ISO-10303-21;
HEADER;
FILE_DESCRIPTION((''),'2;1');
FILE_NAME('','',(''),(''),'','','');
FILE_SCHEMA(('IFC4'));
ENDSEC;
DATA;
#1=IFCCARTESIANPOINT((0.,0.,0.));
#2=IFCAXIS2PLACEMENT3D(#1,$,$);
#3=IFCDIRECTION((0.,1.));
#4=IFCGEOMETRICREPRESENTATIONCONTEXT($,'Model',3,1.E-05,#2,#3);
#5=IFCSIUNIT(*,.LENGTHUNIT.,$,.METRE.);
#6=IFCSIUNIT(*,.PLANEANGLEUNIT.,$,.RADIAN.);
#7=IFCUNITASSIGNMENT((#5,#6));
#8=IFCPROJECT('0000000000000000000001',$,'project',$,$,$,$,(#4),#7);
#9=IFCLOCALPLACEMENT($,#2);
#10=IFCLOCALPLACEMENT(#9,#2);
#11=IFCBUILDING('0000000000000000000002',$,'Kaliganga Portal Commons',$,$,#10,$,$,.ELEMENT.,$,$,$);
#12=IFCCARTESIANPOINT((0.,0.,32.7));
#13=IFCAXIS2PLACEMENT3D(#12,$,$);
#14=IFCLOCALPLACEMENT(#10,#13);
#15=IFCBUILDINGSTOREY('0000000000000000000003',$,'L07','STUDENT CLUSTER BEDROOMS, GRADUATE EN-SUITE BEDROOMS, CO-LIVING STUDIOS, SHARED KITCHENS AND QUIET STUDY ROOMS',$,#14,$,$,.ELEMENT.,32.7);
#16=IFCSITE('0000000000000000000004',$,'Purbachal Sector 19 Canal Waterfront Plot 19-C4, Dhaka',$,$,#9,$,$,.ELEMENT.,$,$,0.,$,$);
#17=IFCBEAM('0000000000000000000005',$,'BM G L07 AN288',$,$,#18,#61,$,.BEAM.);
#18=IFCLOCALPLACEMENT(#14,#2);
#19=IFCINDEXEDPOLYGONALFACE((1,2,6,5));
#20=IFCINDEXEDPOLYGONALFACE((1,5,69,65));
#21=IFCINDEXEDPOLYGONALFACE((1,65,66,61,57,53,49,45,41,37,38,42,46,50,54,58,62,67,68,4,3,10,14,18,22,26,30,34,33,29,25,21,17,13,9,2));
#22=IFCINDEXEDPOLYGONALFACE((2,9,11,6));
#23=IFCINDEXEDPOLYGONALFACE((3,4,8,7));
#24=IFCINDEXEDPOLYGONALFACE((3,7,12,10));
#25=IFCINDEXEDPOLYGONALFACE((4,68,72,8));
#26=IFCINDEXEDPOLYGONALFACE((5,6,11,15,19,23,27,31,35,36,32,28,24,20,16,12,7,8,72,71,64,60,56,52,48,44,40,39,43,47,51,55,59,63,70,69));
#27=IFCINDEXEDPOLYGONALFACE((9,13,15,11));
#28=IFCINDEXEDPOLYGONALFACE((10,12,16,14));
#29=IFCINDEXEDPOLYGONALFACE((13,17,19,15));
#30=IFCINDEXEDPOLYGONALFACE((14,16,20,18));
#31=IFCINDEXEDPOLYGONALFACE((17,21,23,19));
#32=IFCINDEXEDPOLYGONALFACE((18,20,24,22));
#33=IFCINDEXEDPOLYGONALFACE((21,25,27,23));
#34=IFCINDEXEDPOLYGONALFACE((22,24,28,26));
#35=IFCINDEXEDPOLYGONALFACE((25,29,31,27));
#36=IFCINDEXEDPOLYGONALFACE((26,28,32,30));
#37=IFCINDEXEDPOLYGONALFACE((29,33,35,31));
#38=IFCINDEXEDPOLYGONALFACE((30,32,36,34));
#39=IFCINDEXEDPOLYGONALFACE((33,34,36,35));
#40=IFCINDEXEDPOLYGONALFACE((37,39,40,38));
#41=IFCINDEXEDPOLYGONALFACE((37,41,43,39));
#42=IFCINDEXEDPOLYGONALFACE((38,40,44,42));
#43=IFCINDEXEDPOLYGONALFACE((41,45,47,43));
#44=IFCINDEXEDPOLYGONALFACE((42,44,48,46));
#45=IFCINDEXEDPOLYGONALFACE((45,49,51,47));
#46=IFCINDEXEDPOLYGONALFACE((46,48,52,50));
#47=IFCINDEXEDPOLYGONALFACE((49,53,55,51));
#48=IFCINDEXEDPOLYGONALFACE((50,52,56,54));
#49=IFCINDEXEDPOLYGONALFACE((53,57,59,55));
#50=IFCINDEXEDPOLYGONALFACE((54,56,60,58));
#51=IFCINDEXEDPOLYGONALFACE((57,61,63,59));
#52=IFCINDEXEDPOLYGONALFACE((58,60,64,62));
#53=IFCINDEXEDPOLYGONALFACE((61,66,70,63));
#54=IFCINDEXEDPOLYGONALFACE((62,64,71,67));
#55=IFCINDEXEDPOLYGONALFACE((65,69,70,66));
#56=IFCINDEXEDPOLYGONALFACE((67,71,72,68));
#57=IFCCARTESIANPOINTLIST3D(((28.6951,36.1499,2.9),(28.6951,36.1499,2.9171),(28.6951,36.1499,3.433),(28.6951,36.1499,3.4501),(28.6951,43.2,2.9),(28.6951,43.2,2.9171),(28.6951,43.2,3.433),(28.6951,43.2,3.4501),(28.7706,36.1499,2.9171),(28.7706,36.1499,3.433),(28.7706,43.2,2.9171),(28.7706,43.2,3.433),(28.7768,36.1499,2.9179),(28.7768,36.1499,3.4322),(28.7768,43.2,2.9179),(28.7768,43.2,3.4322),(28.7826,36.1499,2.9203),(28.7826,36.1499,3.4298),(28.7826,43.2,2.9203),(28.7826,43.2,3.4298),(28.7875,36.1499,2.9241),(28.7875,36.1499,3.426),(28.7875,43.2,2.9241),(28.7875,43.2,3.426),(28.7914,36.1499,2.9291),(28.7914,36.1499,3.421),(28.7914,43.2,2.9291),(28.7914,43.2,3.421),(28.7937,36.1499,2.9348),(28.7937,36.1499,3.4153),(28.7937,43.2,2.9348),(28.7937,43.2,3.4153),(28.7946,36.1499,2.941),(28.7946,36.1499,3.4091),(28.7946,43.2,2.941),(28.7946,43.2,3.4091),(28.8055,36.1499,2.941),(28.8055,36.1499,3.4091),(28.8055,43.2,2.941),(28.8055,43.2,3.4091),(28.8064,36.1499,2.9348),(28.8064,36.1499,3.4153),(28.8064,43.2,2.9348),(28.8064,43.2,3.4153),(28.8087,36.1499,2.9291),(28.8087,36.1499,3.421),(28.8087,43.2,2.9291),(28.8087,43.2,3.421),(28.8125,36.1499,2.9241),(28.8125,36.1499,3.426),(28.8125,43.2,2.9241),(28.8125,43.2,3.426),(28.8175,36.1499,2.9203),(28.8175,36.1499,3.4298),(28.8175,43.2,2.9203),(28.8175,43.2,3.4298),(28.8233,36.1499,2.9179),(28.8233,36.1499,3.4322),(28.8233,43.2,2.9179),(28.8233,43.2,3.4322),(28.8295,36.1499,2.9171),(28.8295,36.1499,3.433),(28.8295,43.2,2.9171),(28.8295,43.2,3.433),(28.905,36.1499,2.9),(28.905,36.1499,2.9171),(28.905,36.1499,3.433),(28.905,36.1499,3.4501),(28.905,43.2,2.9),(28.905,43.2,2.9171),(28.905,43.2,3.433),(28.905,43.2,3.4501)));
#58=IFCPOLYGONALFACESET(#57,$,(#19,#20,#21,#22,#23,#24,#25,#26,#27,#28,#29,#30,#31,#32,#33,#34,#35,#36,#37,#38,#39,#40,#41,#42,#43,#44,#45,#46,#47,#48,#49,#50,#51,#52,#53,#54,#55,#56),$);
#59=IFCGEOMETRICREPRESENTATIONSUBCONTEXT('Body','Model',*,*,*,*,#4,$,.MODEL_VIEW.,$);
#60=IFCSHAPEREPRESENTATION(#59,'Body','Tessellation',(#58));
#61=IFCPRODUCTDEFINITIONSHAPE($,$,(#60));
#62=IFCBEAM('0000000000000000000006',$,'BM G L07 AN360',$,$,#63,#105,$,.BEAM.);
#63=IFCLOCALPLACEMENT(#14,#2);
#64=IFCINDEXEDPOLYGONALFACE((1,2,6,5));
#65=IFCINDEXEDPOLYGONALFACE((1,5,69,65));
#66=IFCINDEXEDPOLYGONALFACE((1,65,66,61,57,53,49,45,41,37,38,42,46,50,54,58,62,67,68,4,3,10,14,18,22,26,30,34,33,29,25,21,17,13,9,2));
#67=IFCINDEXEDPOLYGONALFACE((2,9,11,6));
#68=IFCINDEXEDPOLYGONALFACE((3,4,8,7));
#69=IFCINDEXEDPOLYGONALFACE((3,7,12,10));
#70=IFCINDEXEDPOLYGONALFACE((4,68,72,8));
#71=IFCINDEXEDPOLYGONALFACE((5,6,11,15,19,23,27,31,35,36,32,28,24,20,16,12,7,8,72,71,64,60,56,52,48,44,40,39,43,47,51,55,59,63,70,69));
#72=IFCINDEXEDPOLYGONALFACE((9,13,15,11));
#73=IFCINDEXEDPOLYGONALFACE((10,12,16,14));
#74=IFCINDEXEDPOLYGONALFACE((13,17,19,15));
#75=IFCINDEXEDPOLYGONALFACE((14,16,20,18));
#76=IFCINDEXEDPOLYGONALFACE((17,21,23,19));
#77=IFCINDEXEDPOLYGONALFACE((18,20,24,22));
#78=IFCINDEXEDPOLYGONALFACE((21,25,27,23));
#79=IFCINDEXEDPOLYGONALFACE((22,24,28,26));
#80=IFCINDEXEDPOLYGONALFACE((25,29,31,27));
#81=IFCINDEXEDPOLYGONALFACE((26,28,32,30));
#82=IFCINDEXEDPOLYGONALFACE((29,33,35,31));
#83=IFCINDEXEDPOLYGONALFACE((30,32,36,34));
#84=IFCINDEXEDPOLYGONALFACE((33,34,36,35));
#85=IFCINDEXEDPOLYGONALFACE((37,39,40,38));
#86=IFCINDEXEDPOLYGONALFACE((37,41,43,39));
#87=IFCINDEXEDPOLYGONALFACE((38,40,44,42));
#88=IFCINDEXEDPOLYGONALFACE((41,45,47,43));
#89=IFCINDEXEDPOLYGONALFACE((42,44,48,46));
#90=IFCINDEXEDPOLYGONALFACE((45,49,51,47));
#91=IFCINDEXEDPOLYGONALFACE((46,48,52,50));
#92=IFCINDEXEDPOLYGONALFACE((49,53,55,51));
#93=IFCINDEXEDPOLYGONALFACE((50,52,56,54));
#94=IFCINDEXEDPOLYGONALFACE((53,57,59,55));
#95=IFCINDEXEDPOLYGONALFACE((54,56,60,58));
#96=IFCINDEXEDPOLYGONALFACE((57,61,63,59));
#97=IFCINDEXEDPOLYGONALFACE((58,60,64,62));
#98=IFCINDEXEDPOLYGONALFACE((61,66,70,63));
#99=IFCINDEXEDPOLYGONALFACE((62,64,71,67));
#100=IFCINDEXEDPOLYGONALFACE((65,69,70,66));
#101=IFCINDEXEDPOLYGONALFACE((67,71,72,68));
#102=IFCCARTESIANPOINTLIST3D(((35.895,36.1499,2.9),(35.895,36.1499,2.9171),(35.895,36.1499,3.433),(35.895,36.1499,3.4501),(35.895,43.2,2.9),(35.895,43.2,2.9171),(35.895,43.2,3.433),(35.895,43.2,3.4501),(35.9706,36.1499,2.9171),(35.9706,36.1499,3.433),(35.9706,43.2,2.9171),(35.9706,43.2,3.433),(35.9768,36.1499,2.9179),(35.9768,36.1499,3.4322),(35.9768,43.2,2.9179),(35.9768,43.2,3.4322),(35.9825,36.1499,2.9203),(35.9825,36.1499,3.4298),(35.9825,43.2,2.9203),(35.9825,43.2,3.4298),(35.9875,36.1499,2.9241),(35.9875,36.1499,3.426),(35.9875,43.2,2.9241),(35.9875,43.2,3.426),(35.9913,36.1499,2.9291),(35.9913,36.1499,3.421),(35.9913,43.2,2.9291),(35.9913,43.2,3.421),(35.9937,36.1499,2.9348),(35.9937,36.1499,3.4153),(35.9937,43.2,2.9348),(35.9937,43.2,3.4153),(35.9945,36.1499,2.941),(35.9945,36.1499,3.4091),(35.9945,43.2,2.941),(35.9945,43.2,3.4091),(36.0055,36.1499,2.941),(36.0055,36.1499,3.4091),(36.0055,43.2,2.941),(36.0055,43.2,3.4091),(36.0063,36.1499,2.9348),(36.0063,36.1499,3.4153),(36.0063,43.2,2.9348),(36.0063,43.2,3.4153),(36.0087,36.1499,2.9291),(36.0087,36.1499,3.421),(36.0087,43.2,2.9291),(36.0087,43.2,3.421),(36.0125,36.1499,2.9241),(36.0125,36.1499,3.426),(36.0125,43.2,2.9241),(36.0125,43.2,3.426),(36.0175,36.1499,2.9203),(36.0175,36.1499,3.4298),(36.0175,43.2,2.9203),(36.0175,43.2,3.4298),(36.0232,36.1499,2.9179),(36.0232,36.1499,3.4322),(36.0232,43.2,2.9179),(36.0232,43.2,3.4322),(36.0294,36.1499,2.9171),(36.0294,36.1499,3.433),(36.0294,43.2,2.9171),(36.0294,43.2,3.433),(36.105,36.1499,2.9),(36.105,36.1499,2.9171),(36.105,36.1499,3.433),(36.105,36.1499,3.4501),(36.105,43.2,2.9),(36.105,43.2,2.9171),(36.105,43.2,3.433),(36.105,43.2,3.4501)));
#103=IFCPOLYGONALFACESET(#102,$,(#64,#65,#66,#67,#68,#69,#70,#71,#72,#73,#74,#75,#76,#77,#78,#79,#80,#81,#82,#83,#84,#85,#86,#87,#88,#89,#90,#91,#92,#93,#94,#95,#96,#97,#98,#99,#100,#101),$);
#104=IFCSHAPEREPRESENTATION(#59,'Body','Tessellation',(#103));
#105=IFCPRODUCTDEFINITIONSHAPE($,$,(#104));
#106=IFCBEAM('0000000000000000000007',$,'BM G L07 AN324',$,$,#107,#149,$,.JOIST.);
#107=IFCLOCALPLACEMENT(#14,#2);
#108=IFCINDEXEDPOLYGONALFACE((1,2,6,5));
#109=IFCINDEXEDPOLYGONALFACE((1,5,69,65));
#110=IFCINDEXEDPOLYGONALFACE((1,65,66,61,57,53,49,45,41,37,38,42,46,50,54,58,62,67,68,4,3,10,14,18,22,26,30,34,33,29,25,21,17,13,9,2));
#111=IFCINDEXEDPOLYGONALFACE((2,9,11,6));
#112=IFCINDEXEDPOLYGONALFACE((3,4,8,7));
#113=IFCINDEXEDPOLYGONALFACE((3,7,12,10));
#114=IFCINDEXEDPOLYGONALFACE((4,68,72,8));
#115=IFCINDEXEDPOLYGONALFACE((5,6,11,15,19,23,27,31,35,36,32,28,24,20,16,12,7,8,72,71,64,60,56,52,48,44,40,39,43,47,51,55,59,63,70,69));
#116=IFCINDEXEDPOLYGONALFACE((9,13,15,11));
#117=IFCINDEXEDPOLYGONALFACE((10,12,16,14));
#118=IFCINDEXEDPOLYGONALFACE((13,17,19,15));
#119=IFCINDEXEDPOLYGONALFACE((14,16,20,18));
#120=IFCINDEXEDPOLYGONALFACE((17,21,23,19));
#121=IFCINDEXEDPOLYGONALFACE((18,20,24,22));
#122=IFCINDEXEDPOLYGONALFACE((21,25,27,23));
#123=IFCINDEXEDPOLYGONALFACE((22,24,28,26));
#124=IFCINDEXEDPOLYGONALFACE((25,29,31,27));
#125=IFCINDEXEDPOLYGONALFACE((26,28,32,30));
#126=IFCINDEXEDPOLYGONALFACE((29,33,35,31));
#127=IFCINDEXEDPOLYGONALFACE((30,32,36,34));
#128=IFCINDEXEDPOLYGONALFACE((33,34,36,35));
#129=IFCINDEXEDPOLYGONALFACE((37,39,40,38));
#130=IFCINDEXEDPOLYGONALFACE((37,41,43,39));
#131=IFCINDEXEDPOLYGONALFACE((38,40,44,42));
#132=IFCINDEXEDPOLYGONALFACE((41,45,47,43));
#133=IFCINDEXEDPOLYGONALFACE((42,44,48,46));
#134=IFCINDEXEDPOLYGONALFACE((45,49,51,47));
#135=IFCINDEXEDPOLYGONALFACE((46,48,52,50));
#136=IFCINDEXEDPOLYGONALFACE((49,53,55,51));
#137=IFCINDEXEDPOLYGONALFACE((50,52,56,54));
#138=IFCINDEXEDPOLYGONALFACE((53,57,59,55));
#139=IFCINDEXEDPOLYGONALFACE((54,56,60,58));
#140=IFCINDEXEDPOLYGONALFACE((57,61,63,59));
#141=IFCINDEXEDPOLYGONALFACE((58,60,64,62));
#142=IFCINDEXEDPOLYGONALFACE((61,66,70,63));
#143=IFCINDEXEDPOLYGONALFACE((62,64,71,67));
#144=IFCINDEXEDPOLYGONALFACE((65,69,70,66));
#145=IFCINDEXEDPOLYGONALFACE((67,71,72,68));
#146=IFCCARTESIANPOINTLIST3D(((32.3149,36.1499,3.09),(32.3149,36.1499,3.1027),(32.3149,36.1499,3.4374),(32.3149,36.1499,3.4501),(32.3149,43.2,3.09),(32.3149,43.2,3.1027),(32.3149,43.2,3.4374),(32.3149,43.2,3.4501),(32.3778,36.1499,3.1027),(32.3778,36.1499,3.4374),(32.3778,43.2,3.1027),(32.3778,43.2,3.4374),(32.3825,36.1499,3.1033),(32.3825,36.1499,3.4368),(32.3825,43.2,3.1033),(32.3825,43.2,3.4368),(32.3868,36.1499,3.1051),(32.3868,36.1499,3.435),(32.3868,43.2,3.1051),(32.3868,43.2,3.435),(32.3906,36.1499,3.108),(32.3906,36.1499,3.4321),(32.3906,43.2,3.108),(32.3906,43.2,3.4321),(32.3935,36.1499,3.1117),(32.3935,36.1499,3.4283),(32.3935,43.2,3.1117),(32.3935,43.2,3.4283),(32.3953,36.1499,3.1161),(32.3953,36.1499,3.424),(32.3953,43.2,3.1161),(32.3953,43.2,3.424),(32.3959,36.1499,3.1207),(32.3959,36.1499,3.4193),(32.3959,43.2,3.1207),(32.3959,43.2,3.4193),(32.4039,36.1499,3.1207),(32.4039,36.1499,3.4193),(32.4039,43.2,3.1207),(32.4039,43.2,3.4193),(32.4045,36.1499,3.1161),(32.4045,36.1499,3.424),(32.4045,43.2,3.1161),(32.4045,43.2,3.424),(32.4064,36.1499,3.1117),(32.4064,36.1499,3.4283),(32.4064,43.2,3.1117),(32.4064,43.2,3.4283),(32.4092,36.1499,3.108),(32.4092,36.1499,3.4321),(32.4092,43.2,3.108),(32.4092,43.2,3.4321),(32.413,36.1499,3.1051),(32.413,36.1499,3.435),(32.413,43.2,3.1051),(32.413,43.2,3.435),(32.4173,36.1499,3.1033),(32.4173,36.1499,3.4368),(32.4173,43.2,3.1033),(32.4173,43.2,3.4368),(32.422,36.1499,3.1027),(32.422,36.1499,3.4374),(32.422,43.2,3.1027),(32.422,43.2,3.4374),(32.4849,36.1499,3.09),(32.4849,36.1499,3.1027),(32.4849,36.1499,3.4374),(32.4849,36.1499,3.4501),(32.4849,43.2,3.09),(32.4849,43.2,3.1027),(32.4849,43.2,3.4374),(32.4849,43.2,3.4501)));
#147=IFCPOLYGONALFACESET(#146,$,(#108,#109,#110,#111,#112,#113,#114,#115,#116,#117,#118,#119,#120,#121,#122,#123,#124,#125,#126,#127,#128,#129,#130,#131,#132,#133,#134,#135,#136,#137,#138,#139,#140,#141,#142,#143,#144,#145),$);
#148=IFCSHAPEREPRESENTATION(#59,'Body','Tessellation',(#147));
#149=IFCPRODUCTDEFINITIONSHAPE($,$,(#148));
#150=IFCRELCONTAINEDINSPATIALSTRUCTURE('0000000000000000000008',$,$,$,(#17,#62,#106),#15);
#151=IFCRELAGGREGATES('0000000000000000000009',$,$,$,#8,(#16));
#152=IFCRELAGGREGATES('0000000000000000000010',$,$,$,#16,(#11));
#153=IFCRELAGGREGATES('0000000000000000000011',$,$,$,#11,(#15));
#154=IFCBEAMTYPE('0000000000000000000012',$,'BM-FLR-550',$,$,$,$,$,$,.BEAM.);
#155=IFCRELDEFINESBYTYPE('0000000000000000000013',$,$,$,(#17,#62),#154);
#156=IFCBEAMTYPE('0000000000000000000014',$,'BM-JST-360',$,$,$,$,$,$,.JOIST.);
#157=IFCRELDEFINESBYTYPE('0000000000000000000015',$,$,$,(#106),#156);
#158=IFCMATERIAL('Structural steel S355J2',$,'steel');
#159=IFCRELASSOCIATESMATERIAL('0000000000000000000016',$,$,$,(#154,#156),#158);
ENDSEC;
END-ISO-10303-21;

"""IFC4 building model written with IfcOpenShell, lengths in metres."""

from ifc_helpers import new_model, si_unit, direction, frame, origin, origin_2d, place, context, subcontext, project, spatial, i_section, extrude, source, transform, mapped, material, material_profile, profile_set, type_object, element, save


model = new_model("IFC4")

# Units and contexts
model_context = context("Model", 3, precision=1e-05, world=origin(), true_north=direction((0.0, 1.0)))
body_context = subcontext(model_context, "Body", "Model", "MODEL_VIEW")
ifc_project = project(units=[si_unit("LENGTHUNIT", "METRE"), si_unit("PLANEANGLEUNIT", "RADIAN")], contexts=[model_context])

# Site, building, storey
site_placement = place(None, origin())
site = spatial("IfcSite", under=ifc_project, at=site_placement, Name="Purbachal Sector 19 Canal Waterfront Plot 19-C4, Dhaka", CompositionType="ELEMENT", RefElevation=0.0)
building_placement = place(site_placement, origin())
building = spatial("IfcBuilding", under=site, at=building_placement, Name="Kaliganga Portal Commons", CompositionType="ELEMENT")
storey_placement = place(building_placement, frame((0.0, 0.0, 32.7)))
storey = spatial("IfcBuildingStorey", under=building, at=storey_placement, Name="L07", Description="STUDENT CLUSTER BEDROOMS, GRADUATE EN-SUITE BEDROOMS, CO-LIVING STUDIOS, SHARED KITCHENS AND QUIET STUDY ROOMS", CompositionType="ELEMENT", Elevation=32.7)

# Beams
ifc_material_1 = material(Name="Structural steel S355J2", Category="steel")
ifc_material_profile_1 = material_profile(ifc_material_1, i_section(OverallWidth=0.21, OverallDepth=0.55, WebThickness=0.011, FlangeThickness=0.0171, FilletRadius=0.0239, at=origin_2d()), Name="IPE 550")
ifc_profile_set_1 = profile_set([ifc_material_profile_1], Name="Structural steel S355J2 wide-flange")
beam_type_1 = type_object("IfcBeamType", Name="BM-FLR-550", PredefinedType="BEAM", material=ifc_profile_set_1)
shared_shape_1 = source(origin(), body_context, "Body", "SweptSolid", [
    extrude(i_section(OverallWidth=0.21, OverallDepth=0.55, WebThickness=0.011, FlangeThickness=0.0171, FilletRadius=0.0239, at=origin_2d()), origin(), (0.0, 0.0, 1.0), 7.05),
])
for number, where, z_axis, x_axis, name in (
    (1, (28.8, 36.1499, 3.175), (0.0, 1.0, 0.0), (-1.0, 0.0, 0.0), "BM G L07 AN288"),
    (2, (36.0, 36.1499, 3.175), (0.0, 1.0, 0.0), (-1.0, 0.0, 0.0), "BM G L07 AN360"),
):
    element("IfcBeam", number, at=place(storey_placement, frame(where, z_axis=z_axis, x_axis=x_axis)), inside=storey, type_object=beam_type_1, Name=name, PredefinedType="BEAM", context=body_context, shape_type="MappedRepresentation", body=[
        mapped(shared_shape_1, transform((0.0, 0.0, 0.0), x_axis=(1.0, 0.0, 0.0), y_axis=(0.0, 1.0, 0.0), z_axis=(0.0, 0.0, 1.0), scale=1.0)),
    ])
ifc_material_profile_2 = material_profile(ifc_material_1, i_section(OverallWidth=0.1699, OverallDepth=0.3601, WebThickness=0.0081, FlangeThickness=0.0127, FilletRadius=0.0181, at=origin_2d()), Name="IPE 360")
ifc_profile_set_2 = profile_set([ifc_material_profile_2], Name="Structural steel S355J2 wide-flange")
beam_type_2 = type_object("IfcBeamType", Name="BM-JST-360", PredefinedType="JOIST", material=ifc_profile_set_2)
shared_shape_2 = source(origin(), body_context, "Body", "SweptSolid", [
    extrude(i_section(OverallWidth=0.1699, OverallDepth=0.3601, WebThickness=0.0081, FlangeThickness=0.0127, FilletRadius=0.0181, at=origin_2d()), origin(), (0.0, 0.0, 1.0), 7.05),
])
beam_1_placement = place(storey_placement, frame((32.3999, 36.1499, 3.27), z_axis=(0.0, 1.0, 0.0), x_axis=(-1.0, 0.0, 0.0)))
element("IfcBeam", 3, at=beam_1_placement, inside=storey, type_object=beam_type_2, Name="BM G L07 AN324", PredefinedType="JOIST", context=body_context, shape_type="MappedRepresentation", body=[
    mapped(shared_shape_2, transform((0.0, 0.0, 0.0), x_axis=(1.0, 0.0, 0.0), y_axis=(0.0, 1.0, 0.0), z_axis=(0.0, 0.0, 1.0), scale=1.0)),
])

save(model, "model.ifc")
